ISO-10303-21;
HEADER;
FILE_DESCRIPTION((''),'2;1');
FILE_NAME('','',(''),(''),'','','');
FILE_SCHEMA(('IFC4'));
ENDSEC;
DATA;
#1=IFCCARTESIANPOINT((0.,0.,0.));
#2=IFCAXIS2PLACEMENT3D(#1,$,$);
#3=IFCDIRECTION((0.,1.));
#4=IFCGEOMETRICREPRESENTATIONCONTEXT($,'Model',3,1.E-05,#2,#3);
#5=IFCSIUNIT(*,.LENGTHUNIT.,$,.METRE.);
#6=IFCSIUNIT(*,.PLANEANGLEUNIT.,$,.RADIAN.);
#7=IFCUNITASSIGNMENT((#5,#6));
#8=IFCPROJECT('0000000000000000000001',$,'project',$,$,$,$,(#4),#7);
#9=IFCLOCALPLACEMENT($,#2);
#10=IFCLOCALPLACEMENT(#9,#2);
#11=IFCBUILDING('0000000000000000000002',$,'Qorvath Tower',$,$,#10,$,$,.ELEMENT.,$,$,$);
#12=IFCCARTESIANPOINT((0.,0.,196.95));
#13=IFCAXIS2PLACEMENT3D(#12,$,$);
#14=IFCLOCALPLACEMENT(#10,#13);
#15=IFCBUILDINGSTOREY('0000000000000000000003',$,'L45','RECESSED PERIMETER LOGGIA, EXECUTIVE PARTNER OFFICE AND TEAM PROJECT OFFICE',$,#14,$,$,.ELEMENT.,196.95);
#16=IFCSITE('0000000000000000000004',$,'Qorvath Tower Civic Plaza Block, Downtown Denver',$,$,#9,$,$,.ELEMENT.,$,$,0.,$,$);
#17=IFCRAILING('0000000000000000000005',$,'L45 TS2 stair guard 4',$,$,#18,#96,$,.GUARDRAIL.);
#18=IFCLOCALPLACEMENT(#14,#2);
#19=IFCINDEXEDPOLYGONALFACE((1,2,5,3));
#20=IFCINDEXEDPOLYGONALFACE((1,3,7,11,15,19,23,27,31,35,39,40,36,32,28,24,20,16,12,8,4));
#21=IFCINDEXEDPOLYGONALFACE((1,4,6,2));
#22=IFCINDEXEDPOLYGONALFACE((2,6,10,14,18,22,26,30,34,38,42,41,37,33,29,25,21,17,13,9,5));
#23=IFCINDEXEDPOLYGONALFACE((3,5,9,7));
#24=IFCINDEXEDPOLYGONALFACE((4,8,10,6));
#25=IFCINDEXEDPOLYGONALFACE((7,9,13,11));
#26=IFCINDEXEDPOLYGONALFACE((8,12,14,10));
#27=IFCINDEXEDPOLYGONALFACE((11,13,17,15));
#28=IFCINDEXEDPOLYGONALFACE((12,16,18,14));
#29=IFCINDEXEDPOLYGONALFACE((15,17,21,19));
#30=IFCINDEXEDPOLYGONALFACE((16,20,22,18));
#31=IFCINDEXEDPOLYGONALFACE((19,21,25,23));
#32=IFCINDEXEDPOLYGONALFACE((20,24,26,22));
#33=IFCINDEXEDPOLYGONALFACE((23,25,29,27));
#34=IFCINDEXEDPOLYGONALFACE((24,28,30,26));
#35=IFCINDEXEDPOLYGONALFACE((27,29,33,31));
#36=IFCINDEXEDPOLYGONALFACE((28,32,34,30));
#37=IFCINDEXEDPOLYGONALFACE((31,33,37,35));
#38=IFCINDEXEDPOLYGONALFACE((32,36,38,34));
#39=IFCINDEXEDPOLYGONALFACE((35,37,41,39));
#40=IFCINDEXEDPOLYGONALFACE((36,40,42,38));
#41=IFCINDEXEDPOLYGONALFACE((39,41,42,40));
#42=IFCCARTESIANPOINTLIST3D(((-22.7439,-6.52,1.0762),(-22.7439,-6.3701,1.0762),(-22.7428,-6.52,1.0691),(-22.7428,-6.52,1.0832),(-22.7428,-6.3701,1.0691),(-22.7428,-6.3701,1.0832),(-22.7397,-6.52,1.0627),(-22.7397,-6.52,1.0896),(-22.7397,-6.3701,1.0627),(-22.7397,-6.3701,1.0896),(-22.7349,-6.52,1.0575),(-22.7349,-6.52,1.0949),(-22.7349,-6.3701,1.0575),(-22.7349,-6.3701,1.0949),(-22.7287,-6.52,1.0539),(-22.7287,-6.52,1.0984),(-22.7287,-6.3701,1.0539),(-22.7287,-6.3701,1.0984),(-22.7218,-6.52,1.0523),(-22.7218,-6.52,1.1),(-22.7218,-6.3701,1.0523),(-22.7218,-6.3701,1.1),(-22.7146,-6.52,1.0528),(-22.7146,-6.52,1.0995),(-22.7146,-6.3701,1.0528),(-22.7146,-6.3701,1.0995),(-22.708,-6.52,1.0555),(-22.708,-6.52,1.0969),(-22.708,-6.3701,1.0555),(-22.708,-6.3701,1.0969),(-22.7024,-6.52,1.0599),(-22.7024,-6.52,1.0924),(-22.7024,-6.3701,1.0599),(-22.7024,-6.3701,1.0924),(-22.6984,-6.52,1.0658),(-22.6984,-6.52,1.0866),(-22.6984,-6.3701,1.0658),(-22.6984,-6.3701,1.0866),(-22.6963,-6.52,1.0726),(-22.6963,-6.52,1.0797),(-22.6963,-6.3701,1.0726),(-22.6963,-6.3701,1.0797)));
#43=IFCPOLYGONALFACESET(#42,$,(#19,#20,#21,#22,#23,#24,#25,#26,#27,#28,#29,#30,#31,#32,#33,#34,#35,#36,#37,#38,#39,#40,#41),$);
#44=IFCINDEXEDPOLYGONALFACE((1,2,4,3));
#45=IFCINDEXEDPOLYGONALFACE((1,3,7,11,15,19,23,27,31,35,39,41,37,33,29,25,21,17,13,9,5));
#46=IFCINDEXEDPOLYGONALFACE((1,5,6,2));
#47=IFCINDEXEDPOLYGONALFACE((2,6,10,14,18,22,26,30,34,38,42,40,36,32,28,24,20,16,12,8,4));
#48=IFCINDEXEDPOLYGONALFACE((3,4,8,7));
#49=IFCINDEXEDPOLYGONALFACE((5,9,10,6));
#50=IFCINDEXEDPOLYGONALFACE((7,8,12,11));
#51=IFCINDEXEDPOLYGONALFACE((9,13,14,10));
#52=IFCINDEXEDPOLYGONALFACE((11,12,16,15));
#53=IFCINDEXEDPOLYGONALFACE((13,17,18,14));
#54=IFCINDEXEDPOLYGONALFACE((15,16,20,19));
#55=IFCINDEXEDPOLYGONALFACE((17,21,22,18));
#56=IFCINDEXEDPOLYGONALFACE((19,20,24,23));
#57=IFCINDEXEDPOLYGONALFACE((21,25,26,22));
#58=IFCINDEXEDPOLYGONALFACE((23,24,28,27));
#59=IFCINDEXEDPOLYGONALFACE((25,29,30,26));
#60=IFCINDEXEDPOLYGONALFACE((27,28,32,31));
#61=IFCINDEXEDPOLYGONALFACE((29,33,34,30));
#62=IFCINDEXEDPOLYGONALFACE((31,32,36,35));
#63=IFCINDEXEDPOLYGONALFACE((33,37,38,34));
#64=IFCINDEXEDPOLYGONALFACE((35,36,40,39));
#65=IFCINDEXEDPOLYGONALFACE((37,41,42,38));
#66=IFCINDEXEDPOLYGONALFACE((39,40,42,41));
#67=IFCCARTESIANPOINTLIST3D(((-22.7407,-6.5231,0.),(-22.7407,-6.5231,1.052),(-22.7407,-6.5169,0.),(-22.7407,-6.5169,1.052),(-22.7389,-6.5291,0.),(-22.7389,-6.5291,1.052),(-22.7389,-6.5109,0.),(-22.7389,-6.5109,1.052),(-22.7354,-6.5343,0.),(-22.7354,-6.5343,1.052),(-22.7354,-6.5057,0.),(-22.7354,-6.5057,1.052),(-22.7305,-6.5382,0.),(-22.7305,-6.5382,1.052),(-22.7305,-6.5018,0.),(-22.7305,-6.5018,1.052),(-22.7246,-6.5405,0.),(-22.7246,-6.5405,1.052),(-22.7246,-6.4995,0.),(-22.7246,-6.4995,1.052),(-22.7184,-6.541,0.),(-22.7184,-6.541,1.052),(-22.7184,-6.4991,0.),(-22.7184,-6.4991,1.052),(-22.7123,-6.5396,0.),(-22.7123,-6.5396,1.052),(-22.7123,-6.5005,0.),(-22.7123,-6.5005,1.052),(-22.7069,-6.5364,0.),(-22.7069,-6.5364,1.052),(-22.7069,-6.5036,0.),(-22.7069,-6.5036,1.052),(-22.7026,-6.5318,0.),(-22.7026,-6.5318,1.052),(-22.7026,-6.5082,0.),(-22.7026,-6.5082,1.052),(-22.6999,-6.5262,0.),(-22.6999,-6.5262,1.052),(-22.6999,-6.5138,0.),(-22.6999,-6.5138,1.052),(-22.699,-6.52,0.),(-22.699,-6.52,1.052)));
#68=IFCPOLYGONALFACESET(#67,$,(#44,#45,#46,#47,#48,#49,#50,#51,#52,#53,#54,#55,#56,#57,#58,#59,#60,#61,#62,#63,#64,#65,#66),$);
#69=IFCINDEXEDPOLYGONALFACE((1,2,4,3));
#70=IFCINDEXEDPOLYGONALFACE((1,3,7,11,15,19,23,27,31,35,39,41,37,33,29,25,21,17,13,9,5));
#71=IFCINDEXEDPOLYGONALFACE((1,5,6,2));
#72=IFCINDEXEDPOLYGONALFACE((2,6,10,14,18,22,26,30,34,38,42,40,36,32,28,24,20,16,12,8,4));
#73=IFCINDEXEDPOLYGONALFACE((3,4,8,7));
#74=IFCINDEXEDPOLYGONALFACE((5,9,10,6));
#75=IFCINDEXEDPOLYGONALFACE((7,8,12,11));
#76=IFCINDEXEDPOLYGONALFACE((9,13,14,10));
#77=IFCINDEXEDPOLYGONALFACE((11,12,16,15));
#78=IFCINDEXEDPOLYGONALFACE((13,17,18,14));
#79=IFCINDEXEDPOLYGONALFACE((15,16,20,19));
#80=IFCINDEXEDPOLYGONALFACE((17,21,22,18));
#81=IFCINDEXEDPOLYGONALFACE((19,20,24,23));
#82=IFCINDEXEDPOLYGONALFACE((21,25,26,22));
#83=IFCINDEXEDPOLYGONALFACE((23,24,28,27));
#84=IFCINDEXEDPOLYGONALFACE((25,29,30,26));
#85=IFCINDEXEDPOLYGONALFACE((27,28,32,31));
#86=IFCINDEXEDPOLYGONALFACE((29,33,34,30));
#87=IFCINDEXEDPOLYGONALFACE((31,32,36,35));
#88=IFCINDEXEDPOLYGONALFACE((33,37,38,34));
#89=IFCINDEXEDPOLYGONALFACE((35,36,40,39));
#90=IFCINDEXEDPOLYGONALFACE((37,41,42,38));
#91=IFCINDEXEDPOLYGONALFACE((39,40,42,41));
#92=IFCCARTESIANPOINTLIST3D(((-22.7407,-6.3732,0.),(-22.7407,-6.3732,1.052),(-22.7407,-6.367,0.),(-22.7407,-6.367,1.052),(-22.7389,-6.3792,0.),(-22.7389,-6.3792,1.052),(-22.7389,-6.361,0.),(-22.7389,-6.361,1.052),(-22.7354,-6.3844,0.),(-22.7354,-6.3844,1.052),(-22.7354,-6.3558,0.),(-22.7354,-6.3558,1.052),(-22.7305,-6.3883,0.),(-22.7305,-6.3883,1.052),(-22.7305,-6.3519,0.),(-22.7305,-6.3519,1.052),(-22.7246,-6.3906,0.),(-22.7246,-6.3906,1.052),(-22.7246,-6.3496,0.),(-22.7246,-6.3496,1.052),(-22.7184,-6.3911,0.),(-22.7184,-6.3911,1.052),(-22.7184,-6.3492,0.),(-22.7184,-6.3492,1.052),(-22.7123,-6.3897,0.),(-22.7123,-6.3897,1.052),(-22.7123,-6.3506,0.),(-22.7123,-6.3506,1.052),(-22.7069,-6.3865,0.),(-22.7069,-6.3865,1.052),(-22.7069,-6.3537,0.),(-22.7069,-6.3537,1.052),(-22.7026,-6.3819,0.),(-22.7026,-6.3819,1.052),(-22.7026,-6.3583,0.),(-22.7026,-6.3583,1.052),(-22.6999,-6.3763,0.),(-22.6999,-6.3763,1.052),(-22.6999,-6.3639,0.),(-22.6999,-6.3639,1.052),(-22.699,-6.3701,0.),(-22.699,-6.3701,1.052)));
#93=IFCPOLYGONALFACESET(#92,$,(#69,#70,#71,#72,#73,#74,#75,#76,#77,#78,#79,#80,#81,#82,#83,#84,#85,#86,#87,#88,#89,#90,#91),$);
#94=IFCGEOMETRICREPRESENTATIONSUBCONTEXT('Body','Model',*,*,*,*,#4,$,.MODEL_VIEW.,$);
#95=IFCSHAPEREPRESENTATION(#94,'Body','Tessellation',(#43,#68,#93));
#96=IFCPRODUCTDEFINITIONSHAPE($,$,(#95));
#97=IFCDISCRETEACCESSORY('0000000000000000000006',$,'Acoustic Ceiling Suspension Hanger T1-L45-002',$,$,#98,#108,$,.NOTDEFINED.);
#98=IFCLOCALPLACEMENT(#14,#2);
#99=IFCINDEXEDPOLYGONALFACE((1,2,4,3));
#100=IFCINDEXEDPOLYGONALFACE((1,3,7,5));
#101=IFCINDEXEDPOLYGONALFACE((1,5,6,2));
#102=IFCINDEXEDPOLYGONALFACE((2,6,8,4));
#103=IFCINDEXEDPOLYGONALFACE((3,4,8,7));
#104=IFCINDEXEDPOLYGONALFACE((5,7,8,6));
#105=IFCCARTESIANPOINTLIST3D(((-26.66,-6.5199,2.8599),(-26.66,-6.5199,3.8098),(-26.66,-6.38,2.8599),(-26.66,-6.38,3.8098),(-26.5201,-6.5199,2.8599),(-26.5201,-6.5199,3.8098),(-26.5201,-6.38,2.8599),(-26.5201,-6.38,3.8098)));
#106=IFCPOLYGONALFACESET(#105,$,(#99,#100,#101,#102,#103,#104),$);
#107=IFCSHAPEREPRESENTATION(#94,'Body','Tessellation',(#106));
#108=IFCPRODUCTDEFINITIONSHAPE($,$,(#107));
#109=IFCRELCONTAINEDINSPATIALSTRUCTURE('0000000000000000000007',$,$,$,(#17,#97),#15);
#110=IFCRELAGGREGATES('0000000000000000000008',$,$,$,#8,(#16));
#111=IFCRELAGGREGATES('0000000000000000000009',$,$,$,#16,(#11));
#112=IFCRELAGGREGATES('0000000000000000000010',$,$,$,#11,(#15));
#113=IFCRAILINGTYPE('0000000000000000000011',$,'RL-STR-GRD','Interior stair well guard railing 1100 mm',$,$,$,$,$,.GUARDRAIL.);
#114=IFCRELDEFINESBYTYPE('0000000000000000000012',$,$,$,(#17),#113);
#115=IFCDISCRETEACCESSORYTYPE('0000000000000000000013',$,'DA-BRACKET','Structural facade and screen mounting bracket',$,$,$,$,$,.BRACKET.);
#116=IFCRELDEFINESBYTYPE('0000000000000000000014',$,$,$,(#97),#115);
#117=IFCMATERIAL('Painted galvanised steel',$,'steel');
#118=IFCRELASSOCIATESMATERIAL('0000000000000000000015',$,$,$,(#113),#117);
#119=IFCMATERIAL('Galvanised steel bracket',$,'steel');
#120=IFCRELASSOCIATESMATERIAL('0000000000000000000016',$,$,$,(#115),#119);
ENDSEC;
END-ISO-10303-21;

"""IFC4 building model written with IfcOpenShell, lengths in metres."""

from ifc_helpers import new_model, si_unit, direction, frame, origin, origin_2d, place, context, subcontext, project, spatial, rectangle, circle, extrude, material, type_object, element, save


model = new_model("IFC4")

# Units and contexts
model_context = context("Model", 3, precision=1e-05, world=origin(), true_north=direction((0.0, 1.0)))
body_context = subcontext(model_context, "Body", "Model", "MODEL_VIEW")
ifc_project = project(units=[si_unit("LENGTHUNIT", "METRE"), si_unit("PLANEANGLEUNIT", "RADIAN")], contexts=[model_context])

# Site, building, storey
site_placement = place(None, origin())
site = spatial("IfcSite", under=ifc_project, at=site_placement, Name="Qorvath Tower Civic Plaza Block, Downtown Denver", CompositionType="ELEMENT", RefElevation=0.0)
building_placement = place(site_placement, origin())
building = spatial("IfcBuilding", under=site, at=building_placement, Name="Qorvath Tower", CompositionType="ELEMENT")
storey_placement = place(building_placement, frame((0.0, 0.0, 196.95)))
storey = spatial("IfcBuildingStorey", under=building, at=storey_placement, Name="L45", Description="RECESSED PERIMETER LOGGIA, EXECUTIVE PARTNER OFFICE AND TEAM PROJECT OFFICE", CompositionType="ELEMENT", Elevation=196.95)

# Railing
ifc_material_1 = material(Name="Painted galvanised steel", Category="steel")
railing_type = type_object("IfcRailingType", Name="RL-STR-GRD", Description="Interior stair well guard railing 1100 mm", PredefinedType="GUARDRAIL", material=ifc_material_1)
railing_1_placement = place(storey_placement, frame((-22.72, -6.52, 0.0)))
element("IfcRailing", 1, at=railing_1_placement, inside=storey, type_object=railing_type, Name="L45 TS2 stair guard 4", PredefinedType="GUARDRAIL", context=body_context, shape_type="SweptSolid", body=[
    extrude(circle(Radius=0.0239, at=origin_2d()), frame((0.0, 0.0, 1.0762), z_axis=(0.0, 1.0, 0.0), x_axis=(-1.0, 0.0, 0.0)), (0.0, 0.0, 1.0), 0.1499),
    extrude(circle(Radius=0.021, at=origin_2d()), origin(), (0.0, 0.0, 1.0), 1.052),
    extrude(circle(Radius=0.021, at=origin_2d()), frame((0.0, 0.1499, 0.0)), (0.0, 0.0, 1.0), 1.052),
])

# Discrete accessory
ifc_material_2 = material(Name="Galvanised steel bracket", Category="steel")
discrete_accessory_type = type_object("IfcDiscreteAccessoryType", Name="DA-BRACKET", Description="Structural facade and screen mounting bracket", PredefinedType="BRACKET", material=ifc_material_2)
discrete_accessory_placement = place(storey_placement, frame((-26.5901, -6.45, 2.8599), z_axis=(0.0, 0.0, 1.0), x_axis=(1.0, 0.0, 0.0)))
element("IfcDiscreteAccessory", 2, at=discrete_accessory_placement, inside=storey, type_object=discrete_accessory_type, Name="Acoustic Ceiling Suspension Hanger T1-L45-002", PredefinedType="NOTDEFINED", context=body_context, shape_type="SweptSolid", body=[
    extrude(rectangle(XDim=0.1399, YDim=0.1399, at=origin_2d()), origin(), (0.0, 0.0, 1.0), 0.95),
])

save(model, "model.ifc")
